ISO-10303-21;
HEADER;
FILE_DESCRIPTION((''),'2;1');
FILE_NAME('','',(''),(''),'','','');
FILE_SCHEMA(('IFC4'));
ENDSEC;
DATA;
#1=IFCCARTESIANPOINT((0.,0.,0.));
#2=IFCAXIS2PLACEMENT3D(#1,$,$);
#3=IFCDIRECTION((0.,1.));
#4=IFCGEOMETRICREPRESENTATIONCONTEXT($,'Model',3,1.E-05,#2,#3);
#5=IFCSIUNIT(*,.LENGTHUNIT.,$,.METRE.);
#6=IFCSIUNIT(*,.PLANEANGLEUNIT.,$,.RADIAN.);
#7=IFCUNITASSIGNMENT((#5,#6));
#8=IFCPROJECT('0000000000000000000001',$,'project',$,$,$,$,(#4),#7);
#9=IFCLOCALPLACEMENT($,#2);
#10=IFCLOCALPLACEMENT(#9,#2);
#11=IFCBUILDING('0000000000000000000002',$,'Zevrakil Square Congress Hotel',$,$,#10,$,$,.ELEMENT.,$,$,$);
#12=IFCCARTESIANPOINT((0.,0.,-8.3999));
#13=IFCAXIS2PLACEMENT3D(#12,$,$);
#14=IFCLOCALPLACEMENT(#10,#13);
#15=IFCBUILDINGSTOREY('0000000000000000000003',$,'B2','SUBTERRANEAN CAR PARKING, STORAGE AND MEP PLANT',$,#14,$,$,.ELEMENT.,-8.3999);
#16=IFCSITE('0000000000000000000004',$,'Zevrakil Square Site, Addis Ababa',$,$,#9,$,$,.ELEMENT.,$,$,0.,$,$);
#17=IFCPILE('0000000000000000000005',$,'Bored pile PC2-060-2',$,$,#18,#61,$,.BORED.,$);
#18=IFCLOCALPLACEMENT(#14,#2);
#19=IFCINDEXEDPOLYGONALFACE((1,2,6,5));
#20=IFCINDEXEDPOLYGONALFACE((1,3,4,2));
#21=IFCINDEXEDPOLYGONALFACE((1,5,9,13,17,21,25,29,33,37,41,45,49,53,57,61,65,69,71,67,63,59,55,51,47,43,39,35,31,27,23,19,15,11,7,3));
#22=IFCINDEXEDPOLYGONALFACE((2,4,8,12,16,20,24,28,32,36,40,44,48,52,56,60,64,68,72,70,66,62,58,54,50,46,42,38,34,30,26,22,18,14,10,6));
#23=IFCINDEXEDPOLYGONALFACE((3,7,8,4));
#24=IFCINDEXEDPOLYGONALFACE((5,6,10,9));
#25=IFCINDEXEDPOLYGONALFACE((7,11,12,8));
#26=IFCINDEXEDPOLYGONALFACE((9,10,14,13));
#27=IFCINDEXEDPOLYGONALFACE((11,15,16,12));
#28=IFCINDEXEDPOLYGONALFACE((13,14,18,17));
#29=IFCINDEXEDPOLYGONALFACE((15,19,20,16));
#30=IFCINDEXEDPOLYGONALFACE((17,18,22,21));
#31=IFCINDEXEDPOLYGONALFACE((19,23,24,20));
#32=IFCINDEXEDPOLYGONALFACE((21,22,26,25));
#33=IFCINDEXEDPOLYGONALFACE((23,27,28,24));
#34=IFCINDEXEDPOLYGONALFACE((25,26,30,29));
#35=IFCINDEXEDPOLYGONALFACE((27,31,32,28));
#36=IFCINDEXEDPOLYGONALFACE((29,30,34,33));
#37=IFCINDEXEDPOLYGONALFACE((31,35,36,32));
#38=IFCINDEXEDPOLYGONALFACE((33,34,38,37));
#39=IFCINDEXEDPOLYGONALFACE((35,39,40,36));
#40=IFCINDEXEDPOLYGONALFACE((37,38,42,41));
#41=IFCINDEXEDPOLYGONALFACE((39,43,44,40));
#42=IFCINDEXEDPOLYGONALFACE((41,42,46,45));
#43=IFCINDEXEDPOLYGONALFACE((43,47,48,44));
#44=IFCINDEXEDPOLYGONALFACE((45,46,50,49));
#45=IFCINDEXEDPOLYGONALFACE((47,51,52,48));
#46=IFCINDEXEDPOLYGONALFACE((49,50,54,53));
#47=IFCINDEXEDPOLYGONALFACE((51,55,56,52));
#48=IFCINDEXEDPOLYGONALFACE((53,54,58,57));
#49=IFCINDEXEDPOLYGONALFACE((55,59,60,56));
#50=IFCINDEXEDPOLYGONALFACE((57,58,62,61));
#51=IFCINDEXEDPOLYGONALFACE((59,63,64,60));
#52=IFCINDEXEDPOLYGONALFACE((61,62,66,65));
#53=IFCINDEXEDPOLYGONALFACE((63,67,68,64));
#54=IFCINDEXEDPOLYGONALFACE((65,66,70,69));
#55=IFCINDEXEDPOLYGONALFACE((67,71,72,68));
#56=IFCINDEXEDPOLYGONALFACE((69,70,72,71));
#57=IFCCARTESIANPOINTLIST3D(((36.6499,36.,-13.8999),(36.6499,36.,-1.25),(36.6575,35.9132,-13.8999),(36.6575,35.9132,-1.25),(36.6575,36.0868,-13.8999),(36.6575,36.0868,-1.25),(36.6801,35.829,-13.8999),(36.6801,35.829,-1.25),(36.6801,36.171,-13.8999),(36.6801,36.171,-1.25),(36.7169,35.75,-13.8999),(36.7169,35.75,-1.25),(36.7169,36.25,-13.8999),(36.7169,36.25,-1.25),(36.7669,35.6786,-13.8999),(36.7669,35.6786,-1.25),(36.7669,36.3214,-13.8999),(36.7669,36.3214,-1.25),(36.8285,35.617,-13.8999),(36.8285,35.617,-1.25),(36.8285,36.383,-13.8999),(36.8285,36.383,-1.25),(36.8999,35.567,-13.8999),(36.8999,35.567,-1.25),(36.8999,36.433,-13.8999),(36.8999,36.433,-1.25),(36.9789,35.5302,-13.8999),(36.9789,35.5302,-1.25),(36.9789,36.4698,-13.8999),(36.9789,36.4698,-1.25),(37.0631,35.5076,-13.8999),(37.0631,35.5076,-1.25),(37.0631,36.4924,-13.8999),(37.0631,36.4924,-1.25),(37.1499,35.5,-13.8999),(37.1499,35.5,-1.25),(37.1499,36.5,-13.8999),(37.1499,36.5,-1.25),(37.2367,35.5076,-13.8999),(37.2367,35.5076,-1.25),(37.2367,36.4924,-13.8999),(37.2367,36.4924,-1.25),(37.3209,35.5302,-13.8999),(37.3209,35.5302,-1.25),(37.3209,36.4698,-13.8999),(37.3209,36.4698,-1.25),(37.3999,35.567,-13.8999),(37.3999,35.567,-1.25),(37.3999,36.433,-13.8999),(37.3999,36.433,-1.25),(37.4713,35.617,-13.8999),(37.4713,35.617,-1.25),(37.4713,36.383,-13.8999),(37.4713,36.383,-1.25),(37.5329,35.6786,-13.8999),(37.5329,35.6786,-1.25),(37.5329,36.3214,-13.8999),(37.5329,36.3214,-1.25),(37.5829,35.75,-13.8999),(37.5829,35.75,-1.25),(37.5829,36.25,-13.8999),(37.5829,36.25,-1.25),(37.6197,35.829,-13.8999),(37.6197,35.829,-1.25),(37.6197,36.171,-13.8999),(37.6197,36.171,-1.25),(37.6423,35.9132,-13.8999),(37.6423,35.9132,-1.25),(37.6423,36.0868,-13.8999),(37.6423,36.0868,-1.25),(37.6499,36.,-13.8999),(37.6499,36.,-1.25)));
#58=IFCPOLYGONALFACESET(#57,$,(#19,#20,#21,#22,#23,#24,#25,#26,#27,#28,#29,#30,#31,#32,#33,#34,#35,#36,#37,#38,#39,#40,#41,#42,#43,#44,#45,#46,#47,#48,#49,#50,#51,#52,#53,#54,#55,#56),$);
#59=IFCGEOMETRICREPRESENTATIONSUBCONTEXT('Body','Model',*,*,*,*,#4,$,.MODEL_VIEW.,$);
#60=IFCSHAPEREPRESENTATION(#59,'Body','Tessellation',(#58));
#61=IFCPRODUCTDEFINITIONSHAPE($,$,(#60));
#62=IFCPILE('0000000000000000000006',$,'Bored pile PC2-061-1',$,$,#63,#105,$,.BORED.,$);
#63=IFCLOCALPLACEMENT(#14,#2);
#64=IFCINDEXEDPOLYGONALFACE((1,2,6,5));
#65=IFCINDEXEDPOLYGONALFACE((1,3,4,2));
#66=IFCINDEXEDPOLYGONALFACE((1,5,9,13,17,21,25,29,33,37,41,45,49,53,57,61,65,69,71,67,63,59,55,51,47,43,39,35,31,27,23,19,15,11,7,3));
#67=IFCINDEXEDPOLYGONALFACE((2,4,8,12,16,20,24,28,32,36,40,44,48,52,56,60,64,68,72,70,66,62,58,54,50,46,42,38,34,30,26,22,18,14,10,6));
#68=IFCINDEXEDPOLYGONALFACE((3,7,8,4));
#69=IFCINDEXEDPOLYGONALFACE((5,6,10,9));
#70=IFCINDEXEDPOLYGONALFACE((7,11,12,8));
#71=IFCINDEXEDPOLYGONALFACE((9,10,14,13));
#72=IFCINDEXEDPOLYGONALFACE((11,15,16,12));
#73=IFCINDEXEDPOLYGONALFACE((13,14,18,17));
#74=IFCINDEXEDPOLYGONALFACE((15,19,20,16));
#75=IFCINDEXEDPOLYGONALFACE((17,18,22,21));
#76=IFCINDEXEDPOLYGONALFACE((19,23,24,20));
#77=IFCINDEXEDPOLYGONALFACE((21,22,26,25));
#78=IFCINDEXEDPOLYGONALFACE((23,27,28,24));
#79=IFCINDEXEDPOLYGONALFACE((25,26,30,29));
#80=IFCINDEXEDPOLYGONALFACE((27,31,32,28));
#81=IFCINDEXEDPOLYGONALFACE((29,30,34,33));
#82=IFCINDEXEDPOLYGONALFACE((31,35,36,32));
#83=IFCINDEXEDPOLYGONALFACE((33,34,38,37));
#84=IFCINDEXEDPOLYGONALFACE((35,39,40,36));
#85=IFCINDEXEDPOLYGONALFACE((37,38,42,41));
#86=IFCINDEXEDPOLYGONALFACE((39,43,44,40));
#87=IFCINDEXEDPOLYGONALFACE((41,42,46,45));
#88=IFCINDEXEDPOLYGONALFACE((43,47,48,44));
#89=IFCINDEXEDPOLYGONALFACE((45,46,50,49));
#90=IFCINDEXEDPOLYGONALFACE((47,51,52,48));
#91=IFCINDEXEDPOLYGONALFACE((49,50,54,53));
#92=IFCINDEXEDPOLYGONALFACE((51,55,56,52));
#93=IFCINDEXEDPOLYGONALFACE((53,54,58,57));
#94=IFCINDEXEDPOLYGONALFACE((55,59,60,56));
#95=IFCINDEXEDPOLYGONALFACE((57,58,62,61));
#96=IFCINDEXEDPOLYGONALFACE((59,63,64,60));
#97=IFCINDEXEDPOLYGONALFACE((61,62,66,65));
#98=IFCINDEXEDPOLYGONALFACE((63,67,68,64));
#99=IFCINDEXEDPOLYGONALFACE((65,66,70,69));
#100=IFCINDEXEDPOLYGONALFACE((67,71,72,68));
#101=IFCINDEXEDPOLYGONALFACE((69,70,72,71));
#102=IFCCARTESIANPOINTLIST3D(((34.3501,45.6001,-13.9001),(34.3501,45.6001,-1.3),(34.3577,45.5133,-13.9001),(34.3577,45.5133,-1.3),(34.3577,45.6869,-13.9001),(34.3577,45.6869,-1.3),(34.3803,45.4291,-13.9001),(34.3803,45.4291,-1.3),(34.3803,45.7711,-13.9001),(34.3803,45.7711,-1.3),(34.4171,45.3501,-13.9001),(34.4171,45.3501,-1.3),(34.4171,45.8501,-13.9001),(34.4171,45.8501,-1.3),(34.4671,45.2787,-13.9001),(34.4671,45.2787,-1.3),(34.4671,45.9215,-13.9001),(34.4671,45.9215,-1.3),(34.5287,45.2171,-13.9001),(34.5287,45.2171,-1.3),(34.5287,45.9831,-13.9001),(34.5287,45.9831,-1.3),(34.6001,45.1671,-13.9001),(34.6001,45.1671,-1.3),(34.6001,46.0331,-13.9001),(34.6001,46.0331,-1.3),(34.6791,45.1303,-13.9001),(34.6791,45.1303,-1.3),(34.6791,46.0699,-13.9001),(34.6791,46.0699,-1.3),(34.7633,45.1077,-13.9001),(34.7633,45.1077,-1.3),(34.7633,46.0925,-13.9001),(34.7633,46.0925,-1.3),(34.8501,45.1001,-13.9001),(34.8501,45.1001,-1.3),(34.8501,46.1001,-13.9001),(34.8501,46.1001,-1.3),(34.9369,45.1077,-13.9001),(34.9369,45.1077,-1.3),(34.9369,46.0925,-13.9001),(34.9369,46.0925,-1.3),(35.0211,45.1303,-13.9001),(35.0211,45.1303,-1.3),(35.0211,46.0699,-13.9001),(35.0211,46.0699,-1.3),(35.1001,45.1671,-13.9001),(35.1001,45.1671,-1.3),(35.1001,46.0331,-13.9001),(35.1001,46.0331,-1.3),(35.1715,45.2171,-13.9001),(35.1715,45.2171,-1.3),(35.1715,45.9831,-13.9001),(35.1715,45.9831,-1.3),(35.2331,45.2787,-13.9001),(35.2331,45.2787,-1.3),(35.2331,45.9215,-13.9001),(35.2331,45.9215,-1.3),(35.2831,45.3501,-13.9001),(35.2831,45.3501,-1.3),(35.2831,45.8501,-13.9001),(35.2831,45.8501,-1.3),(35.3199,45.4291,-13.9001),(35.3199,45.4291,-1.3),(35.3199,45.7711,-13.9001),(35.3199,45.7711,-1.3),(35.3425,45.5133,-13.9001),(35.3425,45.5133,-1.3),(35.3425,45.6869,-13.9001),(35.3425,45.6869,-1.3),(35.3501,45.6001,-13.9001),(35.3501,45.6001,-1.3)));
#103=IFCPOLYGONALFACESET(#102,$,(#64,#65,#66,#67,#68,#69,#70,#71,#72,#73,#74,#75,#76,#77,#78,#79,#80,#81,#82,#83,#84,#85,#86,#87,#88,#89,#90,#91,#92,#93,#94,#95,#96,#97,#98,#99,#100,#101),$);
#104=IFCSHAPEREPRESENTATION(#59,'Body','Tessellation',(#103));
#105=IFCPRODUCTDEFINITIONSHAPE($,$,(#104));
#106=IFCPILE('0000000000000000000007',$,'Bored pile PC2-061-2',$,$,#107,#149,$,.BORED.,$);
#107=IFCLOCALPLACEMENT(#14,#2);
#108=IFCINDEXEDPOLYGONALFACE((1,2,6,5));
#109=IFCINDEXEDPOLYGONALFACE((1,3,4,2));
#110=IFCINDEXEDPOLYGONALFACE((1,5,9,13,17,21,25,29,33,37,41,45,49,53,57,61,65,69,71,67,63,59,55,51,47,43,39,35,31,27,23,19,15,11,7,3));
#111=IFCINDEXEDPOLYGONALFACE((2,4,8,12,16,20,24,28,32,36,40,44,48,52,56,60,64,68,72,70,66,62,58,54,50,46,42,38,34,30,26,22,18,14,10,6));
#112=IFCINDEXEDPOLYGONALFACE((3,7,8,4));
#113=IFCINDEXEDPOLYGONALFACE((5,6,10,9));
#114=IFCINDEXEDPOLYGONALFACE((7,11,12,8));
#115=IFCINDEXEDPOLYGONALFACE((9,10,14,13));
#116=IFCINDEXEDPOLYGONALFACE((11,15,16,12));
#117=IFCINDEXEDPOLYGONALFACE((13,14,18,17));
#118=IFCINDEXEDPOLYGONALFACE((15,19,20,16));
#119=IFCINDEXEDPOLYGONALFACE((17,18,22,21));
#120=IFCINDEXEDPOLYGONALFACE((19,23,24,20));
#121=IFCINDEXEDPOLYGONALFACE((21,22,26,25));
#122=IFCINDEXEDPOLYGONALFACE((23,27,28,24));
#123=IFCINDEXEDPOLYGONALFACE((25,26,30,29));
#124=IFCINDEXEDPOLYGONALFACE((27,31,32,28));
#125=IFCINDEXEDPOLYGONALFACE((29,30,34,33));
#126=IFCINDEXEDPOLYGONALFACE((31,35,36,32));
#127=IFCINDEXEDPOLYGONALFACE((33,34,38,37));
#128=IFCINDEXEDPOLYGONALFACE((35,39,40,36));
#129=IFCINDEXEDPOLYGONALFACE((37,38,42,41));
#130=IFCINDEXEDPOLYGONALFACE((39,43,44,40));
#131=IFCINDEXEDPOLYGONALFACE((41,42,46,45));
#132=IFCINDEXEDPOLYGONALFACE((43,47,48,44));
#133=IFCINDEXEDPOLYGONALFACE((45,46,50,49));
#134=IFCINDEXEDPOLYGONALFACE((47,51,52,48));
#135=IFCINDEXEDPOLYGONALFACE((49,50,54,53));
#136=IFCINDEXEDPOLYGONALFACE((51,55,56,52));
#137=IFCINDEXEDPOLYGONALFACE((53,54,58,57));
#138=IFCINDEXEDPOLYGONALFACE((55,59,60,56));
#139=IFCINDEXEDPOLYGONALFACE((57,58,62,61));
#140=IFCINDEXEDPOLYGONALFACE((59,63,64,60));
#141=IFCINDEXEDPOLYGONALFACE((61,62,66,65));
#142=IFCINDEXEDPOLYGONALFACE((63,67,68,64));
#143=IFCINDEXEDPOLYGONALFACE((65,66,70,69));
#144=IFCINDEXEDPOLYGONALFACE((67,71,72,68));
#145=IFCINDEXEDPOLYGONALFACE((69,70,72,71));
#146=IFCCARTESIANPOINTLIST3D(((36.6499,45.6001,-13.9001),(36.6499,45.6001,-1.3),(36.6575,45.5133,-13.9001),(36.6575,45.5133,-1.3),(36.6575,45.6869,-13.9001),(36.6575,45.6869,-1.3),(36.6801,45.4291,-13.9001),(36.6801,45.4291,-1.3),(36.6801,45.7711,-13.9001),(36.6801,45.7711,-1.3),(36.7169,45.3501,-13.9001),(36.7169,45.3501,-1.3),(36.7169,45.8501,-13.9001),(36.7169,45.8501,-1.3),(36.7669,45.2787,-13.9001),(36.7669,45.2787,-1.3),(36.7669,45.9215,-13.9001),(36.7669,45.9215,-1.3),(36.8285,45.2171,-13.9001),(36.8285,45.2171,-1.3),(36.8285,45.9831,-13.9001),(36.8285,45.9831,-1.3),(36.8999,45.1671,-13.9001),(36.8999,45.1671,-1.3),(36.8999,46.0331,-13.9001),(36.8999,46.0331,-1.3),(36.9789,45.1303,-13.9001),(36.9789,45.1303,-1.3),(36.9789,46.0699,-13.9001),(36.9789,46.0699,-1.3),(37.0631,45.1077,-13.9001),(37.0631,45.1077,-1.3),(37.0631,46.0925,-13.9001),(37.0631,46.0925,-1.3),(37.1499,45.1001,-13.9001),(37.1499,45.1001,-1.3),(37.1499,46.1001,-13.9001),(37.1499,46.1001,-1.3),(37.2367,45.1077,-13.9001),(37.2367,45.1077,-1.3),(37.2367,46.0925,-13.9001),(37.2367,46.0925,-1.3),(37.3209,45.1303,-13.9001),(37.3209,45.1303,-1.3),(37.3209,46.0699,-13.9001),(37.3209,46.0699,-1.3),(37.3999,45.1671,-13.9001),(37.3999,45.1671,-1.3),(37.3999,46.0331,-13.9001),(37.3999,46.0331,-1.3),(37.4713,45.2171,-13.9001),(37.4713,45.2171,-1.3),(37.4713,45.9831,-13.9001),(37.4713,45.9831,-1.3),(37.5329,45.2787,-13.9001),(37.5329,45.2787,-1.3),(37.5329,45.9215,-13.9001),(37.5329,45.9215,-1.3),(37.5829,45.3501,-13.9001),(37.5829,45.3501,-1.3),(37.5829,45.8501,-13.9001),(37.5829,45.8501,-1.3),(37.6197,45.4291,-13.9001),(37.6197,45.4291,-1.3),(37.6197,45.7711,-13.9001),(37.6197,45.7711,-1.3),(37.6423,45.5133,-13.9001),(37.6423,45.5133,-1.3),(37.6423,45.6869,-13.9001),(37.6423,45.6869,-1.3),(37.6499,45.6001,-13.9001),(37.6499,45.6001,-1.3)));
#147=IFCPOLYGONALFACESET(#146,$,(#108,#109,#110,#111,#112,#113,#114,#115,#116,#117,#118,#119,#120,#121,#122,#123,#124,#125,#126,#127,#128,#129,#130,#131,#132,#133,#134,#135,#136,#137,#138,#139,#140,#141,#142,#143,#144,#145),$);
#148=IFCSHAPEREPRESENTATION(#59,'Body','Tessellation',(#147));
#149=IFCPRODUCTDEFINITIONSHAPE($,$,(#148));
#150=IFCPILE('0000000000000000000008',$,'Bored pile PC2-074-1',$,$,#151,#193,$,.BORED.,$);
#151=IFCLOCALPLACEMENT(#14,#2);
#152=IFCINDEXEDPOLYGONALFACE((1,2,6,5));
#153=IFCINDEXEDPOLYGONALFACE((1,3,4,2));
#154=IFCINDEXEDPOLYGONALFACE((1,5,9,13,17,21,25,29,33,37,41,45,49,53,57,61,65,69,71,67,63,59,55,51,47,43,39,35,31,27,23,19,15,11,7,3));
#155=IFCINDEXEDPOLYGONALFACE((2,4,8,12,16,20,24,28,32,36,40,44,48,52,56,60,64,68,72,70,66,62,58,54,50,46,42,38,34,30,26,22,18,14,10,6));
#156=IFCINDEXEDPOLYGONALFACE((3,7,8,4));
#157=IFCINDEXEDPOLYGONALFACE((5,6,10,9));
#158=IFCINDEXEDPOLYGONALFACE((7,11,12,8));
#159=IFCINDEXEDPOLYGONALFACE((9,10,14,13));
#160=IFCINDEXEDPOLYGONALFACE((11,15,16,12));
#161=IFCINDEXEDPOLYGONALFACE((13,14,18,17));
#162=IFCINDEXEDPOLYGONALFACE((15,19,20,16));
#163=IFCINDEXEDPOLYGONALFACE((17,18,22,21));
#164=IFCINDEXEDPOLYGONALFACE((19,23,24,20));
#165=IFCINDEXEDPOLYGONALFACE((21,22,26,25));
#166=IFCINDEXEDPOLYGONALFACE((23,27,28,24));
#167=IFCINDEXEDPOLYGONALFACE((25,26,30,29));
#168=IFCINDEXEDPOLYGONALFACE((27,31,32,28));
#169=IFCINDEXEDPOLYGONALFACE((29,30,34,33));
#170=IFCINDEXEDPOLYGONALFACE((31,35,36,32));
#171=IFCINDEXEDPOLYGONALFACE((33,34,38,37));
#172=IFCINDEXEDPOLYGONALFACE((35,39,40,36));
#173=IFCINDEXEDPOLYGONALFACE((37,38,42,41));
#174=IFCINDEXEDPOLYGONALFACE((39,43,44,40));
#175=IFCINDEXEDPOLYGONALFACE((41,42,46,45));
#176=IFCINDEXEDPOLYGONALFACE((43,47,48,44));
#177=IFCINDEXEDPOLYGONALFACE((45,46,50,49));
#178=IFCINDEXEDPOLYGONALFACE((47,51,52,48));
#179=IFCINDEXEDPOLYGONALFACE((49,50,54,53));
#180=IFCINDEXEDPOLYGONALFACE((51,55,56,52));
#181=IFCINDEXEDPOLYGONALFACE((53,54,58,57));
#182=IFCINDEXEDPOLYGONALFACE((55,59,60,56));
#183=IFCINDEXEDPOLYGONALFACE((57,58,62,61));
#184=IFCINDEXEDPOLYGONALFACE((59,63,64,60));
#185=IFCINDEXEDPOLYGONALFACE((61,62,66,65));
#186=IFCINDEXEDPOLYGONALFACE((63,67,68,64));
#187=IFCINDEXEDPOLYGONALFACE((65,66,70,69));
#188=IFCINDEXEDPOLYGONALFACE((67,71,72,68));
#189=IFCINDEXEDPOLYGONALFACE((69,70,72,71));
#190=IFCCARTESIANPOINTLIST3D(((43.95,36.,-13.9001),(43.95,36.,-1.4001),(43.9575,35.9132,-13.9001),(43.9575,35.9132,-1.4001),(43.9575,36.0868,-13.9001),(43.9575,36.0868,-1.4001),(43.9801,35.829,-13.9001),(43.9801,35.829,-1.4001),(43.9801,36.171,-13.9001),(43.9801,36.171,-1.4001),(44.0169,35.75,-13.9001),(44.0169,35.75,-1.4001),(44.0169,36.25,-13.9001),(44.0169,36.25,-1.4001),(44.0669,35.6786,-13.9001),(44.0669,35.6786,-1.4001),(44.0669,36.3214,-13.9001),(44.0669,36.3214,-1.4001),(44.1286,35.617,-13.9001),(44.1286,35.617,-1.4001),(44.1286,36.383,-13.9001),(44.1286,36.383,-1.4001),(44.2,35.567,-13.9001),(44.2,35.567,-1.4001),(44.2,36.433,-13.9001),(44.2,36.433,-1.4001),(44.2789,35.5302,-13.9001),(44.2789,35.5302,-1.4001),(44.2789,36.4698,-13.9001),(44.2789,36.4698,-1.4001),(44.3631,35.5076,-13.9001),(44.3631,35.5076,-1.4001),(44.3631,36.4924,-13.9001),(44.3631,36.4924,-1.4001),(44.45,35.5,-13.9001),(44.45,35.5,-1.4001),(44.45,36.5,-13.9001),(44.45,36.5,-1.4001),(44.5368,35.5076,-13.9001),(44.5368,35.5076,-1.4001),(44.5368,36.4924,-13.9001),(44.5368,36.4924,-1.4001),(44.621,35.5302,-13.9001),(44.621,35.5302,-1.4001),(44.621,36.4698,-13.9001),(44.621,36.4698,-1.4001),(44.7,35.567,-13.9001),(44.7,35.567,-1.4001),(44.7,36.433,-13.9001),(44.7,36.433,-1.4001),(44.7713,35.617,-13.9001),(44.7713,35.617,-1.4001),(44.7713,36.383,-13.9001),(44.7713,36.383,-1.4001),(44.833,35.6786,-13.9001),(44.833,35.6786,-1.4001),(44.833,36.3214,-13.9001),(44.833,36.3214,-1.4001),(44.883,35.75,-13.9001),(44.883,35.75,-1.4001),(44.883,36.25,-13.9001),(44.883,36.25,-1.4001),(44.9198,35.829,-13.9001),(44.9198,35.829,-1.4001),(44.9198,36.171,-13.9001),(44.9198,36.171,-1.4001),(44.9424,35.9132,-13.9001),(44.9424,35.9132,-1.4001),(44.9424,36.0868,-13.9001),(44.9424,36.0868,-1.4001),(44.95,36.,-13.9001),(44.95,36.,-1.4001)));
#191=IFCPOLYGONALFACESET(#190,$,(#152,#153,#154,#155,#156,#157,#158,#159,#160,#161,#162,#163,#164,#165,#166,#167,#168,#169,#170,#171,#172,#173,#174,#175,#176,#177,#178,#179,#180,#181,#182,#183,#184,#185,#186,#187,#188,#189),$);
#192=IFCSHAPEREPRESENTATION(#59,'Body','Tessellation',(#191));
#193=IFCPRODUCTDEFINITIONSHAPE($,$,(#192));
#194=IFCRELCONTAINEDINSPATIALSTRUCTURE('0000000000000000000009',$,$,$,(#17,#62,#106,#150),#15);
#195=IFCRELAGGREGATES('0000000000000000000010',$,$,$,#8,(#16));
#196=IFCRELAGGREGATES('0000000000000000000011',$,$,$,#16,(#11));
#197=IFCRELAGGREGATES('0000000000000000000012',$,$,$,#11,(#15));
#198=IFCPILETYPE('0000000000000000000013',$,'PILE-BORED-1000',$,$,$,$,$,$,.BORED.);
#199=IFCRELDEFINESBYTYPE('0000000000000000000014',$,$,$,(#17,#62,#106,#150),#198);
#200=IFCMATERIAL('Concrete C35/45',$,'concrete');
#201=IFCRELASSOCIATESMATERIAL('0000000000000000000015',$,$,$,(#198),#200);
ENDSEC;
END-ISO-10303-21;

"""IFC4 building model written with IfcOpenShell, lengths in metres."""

from ifc_helpers import new_model, si_unit, direction, frame, origin, origin_2d, place, context, subcontext, project, spatial, circle, extrude, material, material_profile, profile_set, type_object, element, save


model = new_model("IFC4")

# Units and contexts
model_context = context("Model", 3, precision=1e-05, world=origin(), true_north=direction((0.0, 1.0)))
body_context = subcontext(model_context, "Body", "Model", "MODEL_VIEW")
ifc_project = project(units=[si_unit("LENGTHUNIT", "METRE"), si_unit("PLANEANGLEUNIT", "RADIAN")], contexts=[model_context])

# Site, building, storey
site_placement = place(None, origin())
site = spatial("IfcSite", under=ifc_project, at=site_placement, Name="Zevrakil Square Site, Addis Ababa", CompositionType="ELEMENT", RefElevation=0.0)
building_placement = place(site_placement, origin())
building = spatial("IfcBuilding", under=site, at=building_placement, Name="Zevrakil Square Congress Hotel", CompositionType="ELEMENT")
storey_placement = place(building_placement, frame((0.0, 0.0, -8.3999)))
storey = spatial("IfcBuildingStorey", under=building, at=storey_placement, Name="B2", Description="SUBTERRANEAN CAR PARKING, STORAGE AND MEP PLANT", CompositionType="ELEMENT", Elevation=-8.3999)

# Piles
ifc_material_1 = material(Name="Concrete C35/45", Category="concrete")
ifc_material_profile_1 = material_profile(ifc_material_1, circle(Radius=0.5, at=origin_2d()), Name="PILE D1000")
ifc_profile_set_1 = profile_set([ifc_material_profile_1], Name="Concrete C35/45")
pile_type = type_object("IfcPileType", Name="PILE-BORED-1000", PredefinedType="BORED", material=ifc_profile_set_1)
pile_1_placement = place(storey_placement, frame((37.1499, 36.0, -1.25), z_axis=(0.0, 0.0, -1.0), x_axis=(1.0, 0.0, 0.0)))
element("IfcPile", 1, at=pile_1_placement, inside=storey, type_object=pile_type, Name="Bored pile PC2-060-2", PredefinedType="BORED", context=body_context, shape_type="SweptSolid", body=[
    extrude(circle(Radius=0.5, at=origin_2d()), origin(), (0.0, 0.0, 1.0), 12.6499),
])
for number, where, z_axis, x_axis, name in (
    (2, (34.8501, 45.6001, -1.3), (0.0, 0.0, -1.0), (1.0, 0.0, 0.0), "Bored pile PC2-061-1"),
    (3, (37.1499, 45.6001, -1.3), (0.0, 0.0, -1.0), (1.0, 0.0, 0.0), "Bored pile PC2-061-2"),
):
    element("IfcPile", number, at=place(storey_placement, frame(where, z_axis=z_axis, x_axis=x_axis)), inside=storey, type_object=pile_type, Name=name, PredefinedType="BORED", context=body_context, shape_type="SweptSolid", body=[
        extrude(circle(Radius=0.5, at=origin_2d()), origin(), (0.0, 0.0, 1.0), 12.6001),
    ])
for number, where, z_axis, x_axis, name in (
    (4, (44.45, 36.0, -1.4001), (0.0, 0.0, -1.0), (1.0, 0.0, 0.0), "Bored pile PC2-074-1"),
):
    element("IfcPile", number, at=place(storey_placement, frame(where, z_axis=z_axis, x_axis=x_axis)), inside=storey, type_object=pile_type, Name=name, PredefinedType="BORED", context=body_context, shape_type="SweptSolid", body=[
        extrude(circle(Radius=0.5, at=origin_2d()), origin(), (0.0, 0.0, 1.0), 12.5),
    ])

save(model, "model.ifc")
